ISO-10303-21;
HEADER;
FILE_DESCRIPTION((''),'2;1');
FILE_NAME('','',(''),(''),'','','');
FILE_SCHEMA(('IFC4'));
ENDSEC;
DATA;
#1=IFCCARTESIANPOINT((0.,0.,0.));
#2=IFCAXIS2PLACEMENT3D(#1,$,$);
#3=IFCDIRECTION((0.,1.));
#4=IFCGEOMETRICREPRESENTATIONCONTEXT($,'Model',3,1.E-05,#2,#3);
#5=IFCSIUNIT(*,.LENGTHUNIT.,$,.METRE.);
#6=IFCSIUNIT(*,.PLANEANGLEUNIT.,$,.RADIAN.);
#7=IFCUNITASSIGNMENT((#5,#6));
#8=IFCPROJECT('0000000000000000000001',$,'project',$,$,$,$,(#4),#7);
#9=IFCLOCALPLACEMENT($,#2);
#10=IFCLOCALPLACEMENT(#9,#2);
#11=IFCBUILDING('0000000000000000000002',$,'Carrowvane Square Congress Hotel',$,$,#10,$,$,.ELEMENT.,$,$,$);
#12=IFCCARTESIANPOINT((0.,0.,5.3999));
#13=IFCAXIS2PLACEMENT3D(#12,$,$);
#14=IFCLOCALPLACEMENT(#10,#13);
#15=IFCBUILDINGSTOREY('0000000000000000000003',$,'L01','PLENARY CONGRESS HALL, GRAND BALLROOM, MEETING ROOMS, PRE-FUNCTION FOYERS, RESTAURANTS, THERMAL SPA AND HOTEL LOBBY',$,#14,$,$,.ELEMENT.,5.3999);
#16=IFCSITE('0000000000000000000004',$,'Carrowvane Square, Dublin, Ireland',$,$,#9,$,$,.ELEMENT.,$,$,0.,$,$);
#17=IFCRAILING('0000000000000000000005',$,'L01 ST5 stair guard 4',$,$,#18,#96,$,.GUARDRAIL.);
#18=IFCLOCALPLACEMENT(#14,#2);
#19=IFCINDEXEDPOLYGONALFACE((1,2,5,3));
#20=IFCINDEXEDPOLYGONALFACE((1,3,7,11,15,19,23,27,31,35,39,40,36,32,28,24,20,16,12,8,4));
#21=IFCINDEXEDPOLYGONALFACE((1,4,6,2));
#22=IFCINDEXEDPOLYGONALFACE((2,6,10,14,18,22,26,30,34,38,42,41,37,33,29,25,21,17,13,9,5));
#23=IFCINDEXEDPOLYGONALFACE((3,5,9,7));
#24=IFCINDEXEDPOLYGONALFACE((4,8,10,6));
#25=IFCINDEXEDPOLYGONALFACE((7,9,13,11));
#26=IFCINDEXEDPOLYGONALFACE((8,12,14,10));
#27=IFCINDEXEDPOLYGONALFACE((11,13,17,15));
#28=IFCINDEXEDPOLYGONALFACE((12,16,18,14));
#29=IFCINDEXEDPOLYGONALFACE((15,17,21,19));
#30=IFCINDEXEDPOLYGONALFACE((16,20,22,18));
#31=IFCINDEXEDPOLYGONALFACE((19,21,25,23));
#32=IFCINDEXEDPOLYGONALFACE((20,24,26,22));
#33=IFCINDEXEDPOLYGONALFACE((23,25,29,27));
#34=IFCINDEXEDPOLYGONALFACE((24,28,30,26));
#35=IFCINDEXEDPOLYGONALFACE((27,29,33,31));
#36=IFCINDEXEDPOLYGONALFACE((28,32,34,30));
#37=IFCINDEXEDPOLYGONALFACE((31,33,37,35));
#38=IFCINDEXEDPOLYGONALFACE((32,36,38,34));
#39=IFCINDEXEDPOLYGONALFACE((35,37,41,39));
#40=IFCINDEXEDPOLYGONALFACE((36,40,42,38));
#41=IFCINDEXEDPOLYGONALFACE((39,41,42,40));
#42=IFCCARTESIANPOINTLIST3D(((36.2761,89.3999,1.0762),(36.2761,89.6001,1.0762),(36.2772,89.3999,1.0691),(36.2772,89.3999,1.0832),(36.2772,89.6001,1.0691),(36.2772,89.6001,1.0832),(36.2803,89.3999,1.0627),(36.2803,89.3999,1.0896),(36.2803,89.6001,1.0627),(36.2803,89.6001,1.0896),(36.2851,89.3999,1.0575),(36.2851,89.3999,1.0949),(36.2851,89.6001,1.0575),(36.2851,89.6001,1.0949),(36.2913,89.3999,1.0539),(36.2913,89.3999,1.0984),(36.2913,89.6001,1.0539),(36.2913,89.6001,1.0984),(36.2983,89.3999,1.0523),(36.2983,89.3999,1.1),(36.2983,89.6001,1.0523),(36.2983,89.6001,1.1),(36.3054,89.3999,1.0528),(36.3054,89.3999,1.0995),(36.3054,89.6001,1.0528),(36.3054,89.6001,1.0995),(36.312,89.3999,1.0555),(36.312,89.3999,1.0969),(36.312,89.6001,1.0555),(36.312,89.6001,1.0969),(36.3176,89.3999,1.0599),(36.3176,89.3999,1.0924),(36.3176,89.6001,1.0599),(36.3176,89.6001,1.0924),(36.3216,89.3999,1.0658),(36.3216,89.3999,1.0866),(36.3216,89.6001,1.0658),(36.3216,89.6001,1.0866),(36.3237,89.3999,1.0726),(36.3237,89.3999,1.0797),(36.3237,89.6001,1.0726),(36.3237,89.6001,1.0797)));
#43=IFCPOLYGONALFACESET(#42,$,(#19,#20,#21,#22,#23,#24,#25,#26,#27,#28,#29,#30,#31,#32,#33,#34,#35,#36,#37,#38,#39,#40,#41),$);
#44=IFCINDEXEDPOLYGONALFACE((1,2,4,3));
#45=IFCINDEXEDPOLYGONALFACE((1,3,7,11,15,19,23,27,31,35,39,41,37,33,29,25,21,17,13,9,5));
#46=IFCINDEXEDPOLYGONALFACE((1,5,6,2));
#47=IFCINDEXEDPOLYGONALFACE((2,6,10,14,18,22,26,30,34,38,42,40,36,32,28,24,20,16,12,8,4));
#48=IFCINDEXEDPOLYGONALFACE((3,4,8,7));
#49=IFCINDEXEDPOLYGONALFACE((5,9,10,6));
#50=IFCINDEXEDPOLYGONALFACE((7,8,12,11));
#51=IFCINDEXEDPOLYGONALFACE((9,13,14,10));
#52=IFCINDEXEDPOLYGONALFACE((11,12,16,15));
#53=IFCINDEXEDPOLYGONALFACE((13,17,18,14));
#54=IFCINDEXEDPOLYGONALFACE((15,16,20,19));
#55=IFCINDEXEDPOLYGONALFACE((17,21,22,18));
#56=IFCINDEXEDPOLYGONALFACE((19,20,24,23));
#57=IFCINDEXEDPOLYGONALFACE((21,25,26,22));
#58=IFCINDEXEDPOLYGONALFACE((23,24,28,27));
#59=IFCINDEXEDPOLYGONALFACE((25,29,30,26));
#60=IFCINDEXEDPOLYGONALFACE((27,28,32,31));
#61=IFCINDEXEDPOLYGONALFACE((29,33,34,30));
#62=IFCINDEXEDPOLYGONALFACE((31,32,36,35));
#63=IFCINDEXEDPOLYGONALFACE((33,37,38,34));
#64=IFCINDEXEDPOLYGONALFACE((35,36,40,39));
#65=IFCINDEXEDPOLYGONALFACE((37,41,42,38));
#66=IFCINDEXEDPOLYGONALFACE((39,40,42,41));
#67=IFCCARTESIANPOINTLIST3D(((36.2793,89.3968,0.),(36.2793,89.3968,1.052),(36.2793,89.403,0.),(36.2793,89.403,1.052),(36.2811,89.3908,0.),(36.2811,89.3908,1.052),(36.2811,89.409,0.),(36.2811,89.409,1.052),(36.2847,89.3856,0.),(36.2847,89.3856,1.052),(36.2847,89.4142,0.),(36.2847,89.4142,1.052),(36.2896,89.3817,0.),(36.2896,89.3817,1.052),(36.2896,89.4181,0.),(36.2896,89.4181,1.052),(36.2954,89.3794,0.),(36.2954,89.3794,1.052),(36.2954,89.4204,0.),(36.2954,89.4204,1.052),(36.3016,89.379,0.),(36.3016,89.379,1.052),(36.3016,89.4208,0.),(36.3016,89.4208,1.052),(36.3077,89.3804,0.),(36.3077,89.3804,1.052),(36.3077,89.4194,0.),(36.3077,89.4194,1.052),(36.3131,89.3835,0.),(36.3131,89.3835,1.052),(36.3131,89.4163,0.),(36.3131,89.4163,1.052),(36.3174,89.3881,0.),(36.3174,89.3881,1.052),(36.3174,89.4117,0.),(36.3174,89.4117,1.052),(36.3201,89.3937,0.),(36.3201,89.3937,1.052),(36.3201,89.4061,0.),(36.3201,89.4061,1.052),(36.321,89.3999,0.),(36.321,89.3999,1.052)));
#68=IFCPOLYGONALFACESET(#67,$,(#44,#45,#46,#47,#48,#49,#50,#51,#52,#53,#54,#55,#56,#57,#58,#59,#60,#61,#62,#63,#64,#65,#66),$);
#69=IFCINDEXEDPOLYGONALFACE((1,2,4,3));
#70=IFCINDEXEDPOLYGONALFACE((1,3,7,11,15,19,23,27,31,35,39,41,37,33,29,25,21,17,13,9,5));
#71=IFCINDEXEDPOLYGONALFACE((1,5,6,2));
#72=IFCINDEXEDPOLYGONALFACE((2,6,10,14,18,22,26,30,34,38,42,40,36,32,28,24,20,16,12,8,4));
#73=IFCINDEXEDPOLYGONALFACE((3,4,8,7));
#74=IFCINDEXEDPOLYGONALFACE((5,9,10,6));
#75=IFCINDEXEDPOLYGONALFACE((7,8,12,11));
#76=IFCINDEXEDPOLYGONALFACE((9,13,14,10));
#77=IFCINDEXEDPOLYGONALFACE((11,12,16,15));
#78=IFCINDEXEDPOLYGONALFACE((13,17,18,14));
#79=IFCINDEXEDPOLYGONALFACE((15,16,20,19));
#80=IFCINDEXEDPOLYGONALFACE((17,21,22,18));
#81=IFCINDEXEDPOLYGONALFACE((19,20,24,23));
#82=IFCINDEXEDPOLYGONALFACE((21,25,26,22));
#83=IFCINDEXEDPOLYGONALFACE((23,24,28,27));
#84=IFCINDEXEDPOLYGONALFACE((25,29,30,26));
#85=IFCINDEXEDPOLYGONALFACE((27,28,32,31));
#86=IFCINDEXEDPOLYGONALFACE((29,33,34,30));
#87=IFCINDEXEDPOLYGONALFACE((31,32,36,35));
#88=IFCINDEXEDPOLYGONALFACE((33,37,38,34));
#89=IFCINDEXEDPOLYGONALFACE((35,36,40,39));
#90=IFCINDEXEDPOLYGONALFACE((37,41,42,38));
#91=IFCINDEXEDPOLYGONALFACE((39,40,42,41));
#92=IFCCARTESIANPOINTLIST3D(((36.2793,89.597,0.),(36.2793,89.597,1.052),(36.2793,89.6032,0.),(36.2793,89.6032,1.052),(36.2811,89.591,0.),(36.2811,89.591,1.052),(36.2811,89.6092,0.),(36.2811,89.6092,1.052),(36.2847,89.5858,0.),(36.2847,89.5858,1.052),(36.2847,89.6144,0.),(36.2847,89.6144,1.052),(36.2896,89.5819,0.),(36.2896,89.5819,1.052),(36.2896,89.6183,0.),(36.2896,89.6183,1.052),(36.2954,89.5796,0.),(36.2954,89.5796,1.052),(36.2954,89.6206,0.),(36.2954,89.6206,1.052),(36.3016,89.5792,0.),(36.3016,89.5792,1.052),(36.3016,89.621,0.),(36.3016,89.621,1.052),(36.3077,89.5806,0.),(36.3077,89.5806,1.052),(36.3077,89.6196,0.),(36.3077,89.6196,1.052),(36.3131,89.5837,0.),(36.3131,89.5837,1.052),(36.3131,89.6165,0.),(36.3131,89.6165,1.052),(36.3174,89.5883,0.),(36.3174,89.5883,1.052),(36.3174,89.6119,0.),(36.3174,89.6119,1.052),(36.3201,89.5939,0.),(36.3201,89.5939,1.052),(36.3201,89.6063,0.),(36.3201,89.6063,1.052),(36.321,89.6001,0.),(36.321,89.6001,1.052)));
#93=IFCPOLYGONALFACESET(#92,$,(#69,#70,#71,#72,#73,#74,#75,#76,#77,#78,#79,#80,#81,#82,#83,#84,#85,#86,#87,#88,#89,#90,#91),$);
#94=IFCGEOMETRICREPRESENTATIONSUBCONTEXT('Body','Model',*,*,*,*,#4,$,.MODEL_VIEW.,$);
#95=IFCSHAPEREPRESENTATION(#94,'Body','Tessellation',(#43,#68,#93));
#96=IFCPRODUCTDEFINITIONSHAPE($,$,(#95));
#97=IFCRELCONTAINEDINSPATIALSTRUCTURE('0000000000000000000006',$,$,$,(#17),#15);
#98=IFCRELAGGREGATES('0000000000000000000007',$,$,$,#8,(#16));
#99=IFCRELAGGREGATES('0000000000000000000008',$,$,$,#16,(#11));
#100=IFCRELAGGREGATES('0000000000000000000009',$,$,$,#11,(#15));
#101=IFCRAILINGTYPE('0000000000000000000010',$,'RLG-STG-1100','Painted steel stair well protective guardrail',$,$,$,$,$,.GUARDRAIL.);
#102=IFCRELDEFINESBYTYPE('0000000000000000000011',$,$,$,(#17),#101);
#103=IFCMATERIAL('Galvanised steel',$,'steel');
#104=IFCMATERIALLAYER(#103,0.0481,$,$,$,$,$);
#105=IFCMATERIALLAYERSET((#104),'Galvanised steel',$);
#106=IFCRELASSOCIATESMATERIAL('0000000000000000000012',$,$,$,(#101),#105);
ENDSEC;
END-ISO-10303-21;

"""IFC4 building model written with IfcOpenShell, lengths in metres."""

from ifc_helpers import new_model, si_unit, direction, frame, origin, origin_2d, place, context, subcontext, project, spatial, circle, extrude, material, layer, layer_set, type_object, element, save


model = new_model("IFC4")

# Units and contexts
model_context = context("Model", 3, precision=1e-05, world=origin(), true_north=direction((0.0, 1.0)))
body_context = subcontext(model_context, "Body", "Model", "MODEL_VIEW")
ifc_project = project(units=[si_unit("LENGTHUNIT", "METRE"), si_unit("PLANEANGLEUNIT", "RADIAN")], contexts=[model_context])

# Site, building, storey
site_placement = place(None, origin())
site = spatial("IfcSite", under=ifc_project, at=site_placement, Name="Carrowvane Square, Dublin, Ireland", CompositionType="ELEMENT", RefElevation=0.0)
building_placement = place(site_placement, origin())
building = spatial("IfcBuilding", under=site, at=building_placement, Name="Carrowvane Square Congress Hotel", CompositionType="ELEMENT")
storey_placement = place(building_placement, frame((0.0, 0.0, 5.3999)))
storey = spatial("IfcBuildingStorey", under=building, at=storey_placement, Name="L01", Description="PLENARY CONGRESS HALL, GRAND BALLROOM, MEETING ROOMS, PRE-FUNCTION FOYERS, RESTAURANTS, THERMAL SPA AND HOTEL LOBBY", CompositionType="ELEMENT", Elevation=5.3999)

# Railing
ifc_material_1 = material(Name="Galvanised steel", Category="steel")
ifc_layer_1 = layer(ifc_material_1, 0.0481)
ifc_layer_set_1 = layer_set([ifc_layer_1], Name="Galvanised steel")
railing_type_1 = type_object("IfcRailingType", Name="RLG-STG-1100", Description="Painted steel stair well protective guardrail", PredefinedType="GUARDRAIL", material=ifc_layer_set_1)
railing_1_placement = place(storey_placement, frame((36.3, 89.3999, 0.0)))
element("IfcRailing", 1, at=railing_1_placement, inside=storey, type_object=railing_type_1, Name="L01 ST5 stair guard 4", PredefinedType="GUARDRAIL", context=body_context, shape_type="SweptSolid", body=[
    extrude(circle(Radius=0.0239, at=origin_2d()), frame((0.0, 0.0, 1.0762), z_axis=(0.0, 1.0, 0.0), x_axis=(-1.0, 0.0, 0.0)), (0.0, 0.0, 1.0), 0.2002),
    extrude(circle(Radius=0.021, at=origin_2d()), origin(), (0.0, 0.0, 1.0), 1.052),
    extrude(circle(Radius=0.021, at=origin_2d()), frame((0.0, 0.2002, 0.0)), (0.0, 0.0, 1.0), 1.052),
])

save(model, "model.ifc")
